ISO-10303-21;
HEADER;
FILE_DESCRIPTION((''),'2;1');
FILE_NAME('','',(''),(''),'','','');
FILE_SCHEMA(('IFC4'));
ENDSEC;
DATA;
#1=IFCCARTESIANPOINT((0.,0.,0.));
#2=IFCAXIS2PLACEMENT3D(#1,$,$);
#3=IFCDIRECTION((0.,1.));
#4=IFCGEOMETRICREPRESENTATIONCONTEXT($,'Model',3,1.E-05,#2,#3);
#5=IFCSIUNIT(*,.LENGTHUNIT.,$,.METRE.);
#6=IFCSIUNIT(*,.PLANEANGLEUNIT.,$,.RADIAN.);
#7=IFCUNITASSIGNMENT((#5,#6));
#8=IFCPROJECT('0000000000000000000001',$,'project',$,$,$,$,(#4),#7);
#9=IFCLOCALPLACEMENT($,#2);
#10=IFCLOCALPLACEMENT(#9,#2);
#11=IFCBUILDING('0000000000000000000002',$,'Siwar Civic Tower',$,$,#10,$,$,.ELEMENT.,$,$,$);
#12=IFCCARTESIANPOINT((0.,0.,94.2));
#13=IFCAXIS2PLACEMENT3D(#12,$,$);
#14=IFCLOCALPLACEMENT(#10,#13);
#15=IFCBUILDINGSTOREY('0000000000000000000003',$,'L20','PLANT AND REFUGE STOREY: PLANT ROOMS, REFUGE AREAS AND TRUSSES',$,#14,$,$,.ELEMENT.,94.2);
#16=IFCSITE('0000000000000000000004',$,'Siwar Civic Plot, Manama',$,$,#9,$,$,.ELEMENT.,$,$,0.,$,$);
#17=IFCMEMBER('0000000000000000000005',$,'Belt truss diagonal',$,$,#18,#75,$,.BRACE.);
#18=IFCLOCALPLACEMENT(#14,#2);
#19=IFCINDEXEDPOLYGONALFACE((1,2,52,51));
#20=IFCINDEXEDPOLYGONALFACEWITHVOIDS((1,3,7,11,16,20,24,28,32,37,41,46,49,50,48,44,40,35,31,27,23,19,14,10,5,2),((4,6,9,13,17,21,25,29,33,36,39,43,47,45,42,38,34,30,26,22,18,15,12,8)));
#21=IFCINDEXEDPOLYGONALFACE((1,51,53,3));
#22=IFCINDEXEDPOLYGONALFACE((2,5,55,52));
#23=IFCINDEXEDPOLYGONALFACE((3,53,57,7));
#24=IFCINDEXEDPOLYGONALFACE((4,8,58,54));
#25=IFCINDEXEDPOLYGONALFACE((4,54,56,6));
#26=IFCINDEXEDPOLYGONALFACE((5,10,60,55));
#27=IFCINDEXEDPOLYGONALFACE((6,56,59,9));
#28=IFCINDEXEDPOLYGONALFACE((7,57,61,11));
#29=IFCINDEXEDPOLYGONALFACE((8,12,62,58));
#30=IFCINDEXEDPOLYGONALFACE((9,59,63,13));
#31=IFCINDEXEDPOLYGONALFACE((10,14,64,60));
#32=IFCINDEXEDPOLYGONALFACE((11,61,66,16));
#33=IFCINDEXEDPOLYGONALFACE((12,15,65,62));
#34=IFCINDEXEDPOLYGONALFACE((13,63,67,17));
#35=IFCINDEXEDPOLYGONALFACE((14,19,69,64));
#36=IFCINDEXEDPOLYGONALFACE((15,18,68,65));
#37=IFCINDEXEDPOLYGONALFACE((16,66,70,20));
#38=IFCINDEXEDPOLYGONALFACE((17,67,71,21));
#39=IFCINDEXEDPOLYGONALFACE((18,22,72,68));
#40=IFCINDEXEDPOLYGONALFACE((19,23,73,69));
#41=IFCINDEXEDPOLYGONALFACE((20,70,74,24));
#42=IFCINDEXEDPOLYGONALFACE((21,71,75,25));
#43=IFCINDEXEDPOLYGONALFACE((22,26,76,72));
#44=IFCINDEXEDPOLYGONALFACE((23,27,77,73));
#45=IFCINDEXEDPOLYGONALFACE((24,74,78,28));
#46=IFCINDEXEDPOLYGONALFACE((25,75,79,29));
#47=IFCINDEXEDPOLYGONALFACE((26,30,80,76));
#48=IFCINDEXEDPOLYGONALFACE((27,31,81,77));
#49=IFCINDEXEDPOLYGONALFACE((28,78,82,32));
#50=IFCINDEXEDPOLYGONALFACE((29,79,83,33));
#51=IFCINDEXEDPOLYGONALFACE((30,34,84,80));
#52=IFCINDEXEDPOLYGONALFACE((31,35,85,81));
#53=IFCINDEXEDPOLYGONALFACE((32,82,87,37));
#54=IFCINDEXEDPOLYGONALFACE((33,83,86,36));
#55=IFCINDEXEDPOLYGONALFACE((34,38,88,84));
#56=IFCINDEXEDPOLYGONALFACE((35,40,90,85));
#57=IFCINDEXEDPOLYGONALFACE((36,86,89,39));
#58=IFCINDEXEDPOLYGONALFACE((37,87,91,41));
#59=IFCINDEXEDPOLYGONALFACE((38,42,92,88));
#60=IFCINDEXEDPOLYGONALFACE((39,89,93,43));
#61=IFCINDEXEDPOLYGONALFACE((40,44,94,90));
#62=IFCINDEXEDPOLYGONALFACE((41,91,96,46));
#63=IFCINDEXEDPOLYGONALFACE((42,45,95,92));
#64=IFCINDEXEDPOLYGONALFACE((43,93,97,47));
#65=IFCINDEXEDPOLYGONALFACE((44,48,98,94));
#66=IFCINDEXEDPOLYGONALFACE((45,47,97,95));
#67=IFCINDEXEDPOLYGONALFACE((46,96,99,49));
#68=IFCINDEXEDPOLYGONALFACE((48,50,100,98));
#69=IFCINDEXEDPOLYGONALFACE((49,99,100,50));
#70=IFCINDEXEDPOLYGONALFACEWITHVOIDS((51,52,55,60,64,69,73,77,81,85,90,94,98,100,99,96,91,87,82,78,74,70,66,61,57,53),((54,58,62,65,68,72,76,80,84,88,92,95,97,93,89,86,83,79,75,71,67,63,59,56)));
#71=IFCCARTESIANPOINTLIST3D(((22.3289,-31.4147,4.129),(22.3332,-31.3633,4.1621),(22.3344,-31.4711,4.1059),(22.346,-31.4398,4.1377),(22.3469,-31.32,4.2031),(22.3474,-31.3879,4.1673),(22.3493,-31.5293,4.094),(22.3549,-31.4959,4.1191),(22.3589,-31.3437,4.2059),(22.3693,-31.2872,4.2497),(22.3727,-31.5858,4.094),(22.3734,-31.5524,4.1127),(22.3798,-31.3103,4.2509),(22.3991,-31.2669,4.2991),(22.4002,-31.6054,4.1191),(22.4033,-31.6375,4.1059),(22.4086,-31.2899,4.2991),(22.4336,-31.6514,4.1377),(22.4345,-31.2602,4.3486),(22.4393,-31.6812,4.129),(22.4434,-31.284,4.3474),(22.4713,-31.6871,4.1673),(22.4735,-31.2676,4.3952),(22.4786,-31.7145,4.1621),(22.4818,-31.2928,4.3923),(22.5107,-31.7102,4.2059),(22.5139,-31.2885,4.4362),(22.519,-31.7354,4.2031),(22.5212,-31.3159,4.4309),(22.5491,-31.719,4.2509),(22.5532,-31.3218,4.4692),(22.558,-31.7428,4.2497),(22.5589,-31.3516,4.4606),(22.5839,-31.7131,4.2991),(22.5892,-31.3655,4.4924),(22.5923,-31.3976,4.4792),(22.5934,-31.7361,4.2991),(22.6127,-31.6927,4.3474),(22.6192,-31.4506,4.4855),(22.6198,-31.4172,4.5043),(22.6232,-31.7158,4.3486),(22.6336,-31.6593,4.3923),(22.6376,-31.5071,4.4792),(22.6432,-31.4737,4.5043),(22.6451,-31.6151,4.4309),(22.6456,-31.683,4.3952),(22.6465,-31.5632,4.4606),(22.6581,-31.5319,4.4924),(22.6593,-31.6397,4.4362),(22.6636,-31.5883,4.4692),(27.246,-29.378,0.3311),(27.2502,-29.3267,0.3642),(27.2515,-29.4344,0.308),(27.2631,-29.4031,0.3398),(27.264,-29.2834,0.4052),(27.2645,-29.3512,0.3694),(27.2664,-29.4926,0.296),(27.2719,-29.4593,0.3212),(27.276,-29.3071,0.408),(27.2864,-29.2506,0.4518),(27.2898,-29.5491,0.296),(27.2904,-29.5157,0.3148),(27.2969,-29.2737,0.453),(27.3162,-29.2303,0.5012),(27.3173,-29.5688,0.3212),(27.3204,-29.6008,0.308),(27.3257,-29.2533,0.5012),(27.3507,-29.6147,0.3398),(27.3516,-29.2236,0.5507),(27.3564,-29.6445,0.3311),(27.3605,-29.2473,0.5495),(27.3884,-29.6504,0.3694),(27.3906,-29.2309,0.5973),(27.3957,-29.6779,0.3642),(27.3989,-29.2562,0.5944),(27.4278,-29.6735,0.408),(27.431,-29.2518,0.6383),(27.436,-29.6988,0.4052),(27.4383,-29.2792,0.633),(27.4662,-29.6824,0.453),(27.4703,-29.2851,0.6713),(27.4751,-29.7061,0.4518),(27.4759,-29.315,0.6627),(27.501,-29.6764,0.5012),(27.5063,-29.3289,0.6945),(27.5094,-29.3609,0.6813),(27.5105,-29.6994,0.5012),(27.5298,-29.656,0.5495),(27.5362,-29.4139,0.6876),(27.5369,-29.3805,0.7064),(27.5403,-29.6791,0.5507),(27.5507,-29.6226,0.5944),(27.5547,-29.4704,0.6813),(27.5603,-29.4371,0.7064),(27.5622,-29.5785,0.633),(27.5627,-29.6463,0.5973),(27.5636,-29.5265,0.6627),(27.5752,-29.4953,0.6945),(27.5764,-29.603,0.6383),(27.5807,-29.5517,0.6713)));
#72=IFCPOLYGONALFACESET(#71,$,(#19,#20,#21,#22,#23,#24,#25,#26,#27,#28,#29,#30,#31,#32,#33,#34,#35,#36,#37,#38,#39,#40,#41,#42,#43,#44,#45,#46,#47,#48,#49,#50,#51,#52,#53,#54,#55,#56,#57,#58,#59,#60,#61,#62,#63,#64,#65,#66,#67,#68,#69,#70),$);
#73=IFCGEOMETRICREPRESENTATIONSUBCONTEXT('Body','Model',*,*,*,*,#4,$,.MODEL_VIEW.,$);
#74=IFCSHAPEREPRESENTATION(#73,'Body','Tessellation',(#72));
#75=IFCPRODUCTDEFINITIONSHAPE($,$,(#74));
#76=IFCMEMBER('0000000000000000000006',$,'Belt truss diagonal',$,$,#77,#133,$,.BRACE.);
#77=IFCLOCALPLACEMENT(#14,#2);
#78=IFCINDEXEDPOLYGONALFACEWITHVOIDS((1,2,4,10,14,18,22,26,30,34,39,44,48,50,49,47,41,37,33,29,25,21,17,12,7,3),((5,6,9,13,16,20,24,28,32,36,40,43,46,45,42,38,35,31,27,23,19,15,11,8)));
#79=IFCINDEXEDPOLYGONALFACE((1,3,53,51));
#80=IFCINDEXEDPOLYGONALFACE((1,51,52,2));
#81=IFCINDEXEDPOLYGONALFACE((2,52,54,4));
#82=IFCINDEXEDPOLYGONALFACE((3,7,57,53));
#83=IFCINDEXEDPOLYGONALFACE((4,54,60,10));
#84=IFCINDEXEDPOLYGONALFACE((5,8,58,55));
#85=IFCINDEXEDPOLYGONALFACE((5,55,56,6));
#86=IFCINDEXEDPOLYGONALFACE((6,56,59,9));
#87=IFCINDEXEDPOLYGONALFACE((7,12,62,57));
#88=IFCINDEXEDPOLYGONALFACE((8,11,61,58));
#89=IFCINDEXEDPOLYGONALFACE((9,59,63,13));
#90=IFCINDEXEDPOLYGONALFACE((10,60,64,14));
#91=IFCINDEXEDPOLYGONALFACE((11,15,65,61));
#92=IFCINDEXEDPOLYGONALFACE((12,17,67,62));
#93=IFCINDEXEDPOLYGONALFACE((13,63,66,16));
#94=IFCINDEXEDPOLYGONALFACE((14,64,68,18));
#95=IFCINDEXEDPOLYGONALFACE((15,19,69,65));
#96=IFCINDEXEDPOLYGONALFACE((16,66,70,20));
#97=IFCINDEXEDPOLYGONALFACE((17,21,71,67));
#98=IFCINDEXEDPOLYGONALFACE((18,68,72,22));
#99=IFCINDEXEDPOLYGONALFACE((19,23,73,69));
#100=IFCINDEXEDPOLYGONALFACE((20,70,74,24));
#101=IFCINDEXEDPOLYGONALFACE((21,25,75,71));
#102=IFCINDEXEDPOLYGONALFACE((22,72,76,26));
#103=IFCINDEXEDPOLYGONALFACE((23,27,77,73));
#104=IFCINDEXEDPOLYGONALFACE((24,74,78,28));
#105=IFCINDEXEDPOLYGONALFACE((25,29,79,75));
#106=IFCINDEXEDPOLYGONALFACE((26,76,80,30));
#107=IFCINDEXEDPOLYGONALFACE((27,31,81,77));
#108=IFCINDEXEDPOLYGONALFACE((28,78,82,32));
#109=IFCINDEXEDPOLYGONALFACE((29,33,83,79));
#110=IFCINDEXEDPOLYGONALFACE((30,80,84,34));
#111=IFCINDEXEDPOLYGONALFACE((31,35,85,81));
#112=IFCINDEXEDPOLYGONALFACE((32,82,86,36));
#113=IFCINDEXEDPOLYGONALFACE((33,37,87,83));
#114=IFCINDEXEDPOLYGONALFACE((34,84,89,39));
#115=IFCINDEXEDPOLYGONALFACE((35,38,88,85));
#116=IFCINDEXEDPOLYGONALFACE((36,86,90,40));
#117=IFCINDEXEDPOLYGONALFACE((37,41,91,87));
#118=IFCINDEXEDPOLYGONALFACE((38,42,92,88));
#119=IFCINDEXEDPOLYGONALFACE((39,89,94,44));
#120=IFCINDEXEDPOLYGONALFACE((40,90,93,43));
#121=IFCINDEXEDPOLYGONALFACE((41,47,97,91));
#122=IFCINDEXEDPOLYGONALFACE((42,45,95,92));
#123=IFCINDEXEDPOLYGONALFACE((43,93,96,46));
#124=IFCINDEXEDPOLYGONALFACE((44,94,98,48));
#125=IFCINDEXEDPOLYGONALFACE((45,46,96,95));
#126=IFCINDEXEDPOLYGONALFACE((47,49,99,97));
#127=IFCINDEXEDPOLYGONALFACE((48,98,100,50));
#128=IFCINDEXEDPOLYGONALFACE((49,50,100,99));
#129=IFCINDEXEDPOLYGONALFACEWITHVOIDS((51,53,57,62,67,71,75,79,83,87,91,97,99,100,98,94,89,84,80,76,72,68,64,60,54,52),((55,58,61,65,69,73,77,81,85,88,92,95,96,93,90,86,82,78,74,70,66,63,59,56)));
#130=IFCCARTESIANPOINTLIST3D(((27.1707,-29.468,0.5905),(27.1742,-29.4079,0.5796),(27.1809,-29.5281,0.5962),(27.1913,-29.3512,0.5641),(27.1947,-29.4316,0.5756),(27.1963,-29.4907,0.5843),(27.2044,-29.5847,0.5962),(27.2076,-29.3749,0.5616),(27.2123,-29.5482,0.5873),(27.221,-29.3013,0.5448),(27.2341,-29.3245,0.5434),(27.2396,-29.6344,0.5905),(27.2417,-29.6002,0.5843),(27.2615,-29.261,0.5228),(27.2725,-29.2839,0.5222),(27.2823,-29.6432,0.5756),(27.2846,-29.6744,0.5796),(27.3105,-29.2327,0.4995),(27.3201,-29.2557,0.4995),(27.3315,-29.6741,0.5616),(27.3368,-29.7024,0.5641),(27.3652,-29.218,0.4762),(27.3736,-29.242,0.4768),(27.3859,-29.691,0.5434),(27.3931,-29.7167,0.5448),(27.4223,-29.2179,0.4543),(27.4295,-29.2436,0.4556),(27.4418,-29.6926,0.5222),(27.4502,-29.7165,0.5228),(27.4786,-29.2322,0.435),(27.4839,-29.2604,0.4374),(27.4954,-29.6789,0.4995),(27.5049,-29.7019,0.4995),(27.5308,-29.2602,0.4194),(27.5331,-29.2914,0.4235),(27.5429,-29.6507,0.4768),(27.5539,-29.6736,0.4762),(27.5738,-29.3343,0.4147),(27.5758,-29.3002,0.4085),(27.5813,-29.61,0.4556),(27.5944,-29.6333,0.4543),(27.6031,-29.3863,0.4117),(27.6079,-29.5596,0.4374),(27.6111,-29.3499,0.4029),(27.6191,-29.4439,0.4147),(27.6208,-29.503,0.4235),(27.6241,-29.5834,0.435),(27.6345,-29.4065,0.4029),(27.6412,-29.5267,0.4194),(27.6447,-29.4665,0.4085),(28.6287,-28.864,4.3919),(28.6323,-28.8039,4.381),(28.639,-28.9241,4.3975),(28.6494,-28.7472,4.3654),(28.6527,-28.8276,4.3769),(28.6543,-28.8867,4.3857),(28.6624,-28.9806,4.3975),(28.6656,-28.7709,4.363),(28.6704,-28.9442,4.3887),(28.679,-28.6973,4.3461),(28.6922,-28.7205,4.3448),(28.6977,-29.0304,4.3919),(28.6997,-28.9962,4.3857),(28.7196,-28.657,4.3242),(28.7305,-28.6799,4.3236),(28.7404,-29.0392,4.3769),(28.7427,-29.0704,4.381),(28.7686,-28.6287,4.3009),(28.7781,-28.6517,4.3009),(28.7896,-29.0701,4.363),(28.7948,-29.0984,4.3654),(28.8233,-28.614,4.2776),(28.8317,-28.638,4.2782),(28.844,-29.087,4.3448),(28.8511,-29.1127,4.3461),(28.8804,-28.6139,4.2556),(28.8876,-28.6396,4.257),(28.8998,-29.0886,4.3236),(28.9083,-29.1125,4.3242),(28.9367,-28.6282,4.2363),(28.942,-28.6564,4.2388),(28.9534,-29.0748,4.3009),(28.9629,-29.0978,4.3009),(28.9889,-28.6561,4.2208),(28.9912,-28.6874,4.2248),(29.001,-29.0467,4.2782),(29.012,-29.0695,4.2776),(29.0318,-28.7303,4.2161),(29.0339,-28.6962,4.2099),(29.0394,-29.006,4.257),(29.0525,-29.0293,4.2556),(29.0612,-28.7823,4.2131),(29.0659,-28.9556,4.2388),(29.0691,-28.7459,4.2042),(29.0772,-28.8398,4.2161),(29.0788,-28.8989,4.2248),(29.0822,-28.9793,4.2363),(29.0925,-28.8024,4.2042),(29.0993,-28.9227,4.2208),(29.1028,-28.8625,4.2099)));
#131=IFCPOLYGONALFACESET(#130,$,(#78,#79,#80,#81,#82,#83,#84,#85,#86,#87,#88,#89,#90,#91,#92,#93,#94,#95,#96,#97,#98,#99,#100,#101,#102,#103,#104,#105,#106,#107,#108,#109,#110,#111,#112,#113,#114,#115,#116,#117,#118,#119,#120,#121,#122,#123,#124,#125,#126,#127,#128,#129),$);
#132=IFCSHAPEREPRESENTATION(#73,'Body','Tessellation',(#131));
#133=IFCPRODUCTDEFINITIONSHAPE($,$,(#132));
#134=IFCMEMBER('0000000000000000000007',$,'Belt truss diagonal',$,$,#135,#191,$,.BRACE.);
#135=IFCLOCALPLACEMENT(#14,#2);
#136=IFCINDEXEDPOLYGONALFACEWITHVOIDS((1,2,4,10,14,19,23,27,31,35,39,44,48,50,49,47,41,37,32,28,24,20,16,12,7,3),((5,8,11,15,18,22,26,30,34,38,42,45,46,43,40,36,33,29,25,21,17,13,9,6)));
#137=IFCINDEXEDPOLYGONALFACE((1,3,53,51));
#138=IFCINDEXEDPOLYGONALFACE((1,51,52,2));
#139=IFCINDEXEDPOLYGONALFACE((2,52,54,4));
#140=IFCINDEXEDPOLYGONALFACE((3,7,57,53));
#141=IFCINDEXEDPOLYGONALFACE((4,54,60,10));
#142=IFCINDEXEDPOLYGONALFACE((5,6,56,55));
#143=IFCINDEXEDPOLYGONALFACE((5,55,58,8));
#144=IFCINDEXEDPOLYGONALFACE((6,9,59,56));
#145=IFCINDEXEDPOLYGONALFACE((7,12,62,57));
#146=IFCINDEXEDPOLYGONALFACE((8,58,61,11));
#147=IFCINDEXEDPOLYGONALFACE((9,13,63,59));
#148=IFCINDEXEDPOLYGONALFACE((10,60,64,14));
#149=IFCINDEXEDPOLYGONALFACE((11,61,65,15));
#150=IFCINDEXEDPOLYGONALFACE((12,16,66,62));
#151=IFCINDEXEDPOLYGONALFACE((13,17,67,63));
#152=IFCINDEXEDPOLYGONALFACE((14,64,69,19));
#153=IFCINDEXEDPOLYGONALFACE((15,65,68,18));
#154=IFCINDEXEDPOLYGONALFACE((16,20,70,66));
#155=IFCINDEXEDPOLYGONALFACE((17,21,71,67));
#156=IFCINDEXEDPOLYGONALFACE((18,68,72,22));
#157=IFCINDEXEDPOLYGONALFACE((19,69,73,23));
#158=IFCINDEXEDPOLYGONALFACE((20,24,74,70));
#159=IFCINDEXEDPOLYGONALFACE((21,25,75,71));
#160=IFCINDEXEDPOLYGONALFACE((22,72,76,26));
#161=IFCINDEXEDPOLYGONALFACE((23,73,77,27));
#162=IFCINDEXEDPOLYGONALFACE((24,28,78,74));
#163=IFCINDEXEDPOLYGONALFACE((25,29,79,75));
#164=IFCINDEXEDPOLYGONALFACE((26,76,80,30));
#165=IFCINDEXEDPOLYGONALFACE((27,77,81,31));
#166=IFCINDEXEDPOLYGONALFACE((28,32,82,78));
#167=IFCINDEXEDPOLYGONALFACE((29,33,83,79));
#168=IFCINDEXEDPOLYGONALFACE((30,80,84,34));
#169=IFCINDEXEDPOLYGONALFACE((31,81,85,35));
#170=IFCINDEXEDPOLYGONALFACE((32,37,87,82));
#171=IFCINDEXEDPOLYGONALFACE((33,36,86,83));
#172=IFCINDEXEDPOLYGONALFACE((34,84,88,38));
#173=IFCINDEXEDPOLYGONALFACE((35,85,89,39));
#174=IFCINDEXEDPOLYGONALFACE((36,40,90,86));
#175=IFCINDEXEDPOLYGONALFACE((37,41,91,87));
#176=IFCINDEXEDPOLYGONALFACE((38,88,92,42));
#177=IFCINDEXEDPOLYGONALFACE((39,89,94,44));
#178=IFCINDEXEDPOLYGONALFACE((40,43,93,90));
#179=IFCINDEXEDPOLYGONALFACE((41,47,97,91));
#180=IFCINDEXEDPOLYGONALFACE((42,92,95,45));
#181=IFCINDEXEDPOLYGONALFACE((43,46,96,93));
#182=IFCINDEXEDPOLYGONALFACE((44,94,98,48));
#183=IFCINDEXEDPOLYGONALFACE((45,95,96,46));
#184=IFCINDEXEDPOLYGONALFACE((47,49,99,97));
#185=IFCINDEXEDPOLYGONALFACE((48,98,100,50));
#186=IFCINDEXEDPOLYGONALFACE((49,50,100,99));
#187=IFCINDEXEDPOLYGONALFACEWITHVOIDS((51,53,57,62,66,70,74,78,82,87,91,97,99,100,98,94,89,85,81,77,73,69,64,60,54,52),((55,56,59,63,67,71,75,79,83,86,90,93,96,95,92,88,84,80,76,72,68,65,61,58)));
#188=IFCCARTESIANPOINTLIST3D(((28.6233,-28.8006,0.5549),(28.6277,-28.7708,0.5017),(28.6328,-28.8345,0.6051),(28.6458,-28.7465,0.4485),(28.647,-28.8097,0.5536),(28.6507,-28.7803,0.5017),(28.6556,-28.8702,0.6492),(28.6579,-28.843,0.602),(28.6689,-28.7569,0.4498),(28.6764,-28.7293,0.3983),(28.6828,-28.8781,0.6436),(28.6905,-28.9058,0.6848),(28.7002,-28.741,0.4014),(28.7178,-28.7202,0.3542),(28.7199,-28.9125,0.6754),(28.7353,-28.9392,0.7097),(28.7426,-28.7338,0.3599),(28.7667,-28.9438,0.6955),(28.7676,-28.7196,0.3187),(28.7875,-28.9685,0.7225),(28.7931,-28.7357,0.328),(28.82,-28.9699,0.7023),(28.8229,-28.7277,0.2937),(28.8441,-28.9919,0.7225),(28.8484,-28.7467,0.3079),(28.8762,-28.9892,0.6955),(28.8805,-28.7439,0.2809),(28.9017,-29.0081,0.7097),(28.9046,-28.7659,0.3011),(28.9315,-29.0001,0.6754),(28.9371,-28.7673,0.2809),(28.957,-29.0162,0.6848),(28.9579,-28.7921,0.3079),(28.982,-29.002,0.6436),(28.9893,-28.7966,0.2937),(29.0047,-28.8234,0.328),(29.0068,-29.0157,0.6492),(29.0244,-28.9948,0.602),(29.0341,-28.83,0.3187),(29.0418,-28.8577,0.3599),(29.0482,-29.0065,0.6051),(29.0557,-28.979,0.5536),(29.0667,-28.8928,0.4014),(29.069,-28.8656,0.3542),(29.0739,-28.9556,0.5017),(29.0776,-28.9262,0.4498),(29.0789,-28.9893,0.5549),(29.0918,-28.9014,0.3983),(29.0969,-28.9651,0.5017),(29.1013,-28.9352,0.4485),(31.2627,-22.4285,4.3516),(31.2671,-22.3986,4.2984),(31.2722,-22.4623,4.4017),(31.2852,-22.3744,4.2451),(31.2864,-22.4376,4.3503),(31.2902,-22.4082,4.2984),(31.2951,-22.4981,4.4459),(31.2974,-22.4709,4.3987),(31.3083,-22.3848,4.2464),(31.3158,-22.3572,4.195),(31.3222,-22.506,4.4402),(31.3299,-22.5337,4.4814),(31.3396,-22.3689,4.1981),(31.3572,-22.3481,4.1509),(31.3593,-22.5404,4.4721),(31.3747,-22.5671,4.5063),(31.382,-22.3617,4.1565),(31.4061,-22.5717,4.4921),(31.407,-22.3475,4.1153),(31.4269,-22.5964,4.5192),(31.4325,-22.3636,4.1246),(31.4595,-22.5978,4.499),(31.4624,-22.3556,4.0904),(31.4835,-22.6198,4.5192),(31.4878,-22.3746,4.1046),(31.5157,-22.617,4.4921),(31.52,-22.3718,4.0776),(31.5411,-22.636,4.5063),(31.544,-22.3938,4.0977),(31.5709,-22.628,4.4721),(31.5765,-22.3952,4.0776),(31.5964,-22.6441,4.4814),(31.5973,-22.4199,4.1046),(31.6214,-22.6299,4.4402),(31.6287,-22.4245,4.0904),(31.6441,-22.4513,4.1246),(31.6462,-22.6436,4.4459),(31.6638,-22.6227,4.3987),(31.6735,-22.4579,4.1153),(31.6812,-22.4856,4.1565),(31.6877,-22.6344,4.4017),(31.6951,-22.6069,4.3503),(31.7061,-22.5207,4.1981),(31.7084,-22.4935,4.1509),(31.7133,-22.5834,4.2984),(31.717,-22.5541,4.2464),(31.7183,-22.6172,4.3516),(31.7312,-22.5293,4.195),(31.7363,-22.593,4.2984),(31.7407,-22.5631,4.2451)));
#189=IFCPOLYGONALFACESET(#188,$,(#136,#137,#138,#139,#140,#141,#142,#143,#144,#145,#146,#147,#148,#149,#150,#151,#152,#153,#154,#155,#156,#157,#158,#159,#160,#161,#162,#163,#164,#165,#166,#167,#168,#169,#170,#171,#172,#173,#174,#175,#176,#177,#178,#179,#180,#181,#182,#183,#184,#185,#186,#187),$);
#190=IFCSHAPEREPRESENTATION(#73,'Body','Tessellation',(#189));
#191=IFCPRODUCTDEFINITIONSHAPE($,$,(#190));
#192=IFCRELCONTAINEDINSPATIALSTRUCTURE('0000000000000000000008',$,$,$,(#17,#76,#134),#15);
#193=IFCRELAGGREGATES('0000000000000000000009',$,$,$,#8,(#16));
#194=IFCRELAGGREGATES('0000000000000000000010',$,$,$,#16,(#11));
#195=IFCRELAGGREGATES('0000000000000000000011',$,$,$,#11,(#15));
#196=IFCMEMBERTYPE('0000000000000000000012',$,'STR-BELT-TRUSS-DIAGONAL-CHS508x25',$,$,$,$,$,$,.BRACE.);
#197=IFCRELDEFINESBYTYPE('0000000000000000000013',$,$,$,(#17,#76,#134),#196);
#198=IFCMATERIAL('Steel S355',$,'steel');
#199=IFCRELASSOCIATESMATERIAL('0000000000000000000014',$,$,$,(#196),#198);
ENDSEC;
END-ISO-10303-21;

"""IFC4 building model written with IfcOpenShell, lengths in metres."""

from ifc_helpers import new_model, si_unit, direction, frame, origin, origin_2d, place, context, subcontext, project, spatial, hollow_circle, extrude, material, material_profile, profile_set, type_object, element, save


model = new_model("IFC4")

# Units and contexts
model_context = context("Model", 3, precision=1e-05, world=origin(), true_north=direction((0.0, 1.0)))
body_context = subcontext(model_context, "Body", "Model", "MODEL_VIEW")
ifc_project = project(units=[si_unit("LENGTHUNIT", "METRE"), si_unit("PLANEANGLEUNIT", "RADIAN")], contexts=[model_context])

# Site, building, storey
site_placement = place(None, origin())
site = spatial("IfcSite", under=ifc_project, at=site_placement, Name="Siwar Civic Plot, Manama", CompositionType="ELEMENT", RefElevation=0.0)
building_placement = place(site_placement, origin())
building = spatial("IfcBuilding", under=site, at=building_placement, Name="Siwar Civic Tower", CompositionType="ELEMENT")
storey_placement = place(building_placement, frame((0.0, 0.0, 94.2)))
storey = spatial("IfcBuildingStorey", under=building, at=storey_placement, Name="L20", Description="PLANT AND REFUGE STOREY: PLANT ROOMS, REFUGE AREAS AND TRUSSES", CompositionType="ELEMENT", Elevation=94.2)

# Members
ifc_material_1 = material(Name="Steel S355", Category="steel")
ifc_material_profile_1 = material_profile(ifc_material_1, hollow_circle(Radius=0.2539, WallThickness=0.0249, at=origin_2d()), Name="CHS508x25")
ifc_profile_set_1 = profile_set([ifc_material_profile_1], Name="Steel S355")
member_type_1 = type_object("IfcMemberType", Name="STR-BELT-TRUSS-DIAGONAL-CHS508x25", PredefinedType="BRACE", material=ifc_profile_set_1)
member_1_placement = place(storey_placement, frame((27.4133, -29.4648, 0.5012), z_axis=(-0.752038, -0.311495, 0.580869), x_axis=(0.382673, -0.923884, 0.0)))
element("IfcMember", 1, at=member_1_placement, inside=storey, type_object=member_type_1, Name="Belt truss diagonal", PredefinedType="BRACE", context=body_context, shape_type="SweptSolid", body=[
    extrude(hollow_circle(Radius=0.2539, WallThickness=0.0249, at=origin_2d()), origin(), (0.0, 0.0, 1.0), 6.5383),
])
member_2_placement = place(storey_placement, frame((27.4077, -29.4673, 0.4995), z_axis=(0.354242, 0.146751, 0.923568), x_axis=(-0.382725, 0.923862, 0.0)))
element("IfcMember", 2, at=member_2_placement, inside=storey, type_object=member_type_1, Name="Belt truss diagonal", PredefinedType="BRACE", context=body_context, shape_type="SweptSolid", body=[
    extrude(hollow_circle(Radius=0.2539, WallThickness=0.0249, at=origin_2d()), origin(), (0.0, 0.0, 1.0), 4.116),
])
member_3_placement = place(storey_placement, frame((28.8623, -28.8679, 0.5017), z_axis=(0.335248, 0.809357, 0.482234), x_axis=(-0.923879, 0.382684, 0.0)))
element("IfcMember", 3, at=member_3_placement, inside=storey, type_object=member_type_1, Name="Belt truss diagonal", PredefinedType="BRACE", context=body_context, shape_type="SweptSolid", body=[
    extrude(hollow_circle(Radius=0.2539, WallThickness=0.0249, at=origin_2d()), origin(), (0.0, 0.0, 1.0), 7.873),
])

save(model, "model.ifc")
